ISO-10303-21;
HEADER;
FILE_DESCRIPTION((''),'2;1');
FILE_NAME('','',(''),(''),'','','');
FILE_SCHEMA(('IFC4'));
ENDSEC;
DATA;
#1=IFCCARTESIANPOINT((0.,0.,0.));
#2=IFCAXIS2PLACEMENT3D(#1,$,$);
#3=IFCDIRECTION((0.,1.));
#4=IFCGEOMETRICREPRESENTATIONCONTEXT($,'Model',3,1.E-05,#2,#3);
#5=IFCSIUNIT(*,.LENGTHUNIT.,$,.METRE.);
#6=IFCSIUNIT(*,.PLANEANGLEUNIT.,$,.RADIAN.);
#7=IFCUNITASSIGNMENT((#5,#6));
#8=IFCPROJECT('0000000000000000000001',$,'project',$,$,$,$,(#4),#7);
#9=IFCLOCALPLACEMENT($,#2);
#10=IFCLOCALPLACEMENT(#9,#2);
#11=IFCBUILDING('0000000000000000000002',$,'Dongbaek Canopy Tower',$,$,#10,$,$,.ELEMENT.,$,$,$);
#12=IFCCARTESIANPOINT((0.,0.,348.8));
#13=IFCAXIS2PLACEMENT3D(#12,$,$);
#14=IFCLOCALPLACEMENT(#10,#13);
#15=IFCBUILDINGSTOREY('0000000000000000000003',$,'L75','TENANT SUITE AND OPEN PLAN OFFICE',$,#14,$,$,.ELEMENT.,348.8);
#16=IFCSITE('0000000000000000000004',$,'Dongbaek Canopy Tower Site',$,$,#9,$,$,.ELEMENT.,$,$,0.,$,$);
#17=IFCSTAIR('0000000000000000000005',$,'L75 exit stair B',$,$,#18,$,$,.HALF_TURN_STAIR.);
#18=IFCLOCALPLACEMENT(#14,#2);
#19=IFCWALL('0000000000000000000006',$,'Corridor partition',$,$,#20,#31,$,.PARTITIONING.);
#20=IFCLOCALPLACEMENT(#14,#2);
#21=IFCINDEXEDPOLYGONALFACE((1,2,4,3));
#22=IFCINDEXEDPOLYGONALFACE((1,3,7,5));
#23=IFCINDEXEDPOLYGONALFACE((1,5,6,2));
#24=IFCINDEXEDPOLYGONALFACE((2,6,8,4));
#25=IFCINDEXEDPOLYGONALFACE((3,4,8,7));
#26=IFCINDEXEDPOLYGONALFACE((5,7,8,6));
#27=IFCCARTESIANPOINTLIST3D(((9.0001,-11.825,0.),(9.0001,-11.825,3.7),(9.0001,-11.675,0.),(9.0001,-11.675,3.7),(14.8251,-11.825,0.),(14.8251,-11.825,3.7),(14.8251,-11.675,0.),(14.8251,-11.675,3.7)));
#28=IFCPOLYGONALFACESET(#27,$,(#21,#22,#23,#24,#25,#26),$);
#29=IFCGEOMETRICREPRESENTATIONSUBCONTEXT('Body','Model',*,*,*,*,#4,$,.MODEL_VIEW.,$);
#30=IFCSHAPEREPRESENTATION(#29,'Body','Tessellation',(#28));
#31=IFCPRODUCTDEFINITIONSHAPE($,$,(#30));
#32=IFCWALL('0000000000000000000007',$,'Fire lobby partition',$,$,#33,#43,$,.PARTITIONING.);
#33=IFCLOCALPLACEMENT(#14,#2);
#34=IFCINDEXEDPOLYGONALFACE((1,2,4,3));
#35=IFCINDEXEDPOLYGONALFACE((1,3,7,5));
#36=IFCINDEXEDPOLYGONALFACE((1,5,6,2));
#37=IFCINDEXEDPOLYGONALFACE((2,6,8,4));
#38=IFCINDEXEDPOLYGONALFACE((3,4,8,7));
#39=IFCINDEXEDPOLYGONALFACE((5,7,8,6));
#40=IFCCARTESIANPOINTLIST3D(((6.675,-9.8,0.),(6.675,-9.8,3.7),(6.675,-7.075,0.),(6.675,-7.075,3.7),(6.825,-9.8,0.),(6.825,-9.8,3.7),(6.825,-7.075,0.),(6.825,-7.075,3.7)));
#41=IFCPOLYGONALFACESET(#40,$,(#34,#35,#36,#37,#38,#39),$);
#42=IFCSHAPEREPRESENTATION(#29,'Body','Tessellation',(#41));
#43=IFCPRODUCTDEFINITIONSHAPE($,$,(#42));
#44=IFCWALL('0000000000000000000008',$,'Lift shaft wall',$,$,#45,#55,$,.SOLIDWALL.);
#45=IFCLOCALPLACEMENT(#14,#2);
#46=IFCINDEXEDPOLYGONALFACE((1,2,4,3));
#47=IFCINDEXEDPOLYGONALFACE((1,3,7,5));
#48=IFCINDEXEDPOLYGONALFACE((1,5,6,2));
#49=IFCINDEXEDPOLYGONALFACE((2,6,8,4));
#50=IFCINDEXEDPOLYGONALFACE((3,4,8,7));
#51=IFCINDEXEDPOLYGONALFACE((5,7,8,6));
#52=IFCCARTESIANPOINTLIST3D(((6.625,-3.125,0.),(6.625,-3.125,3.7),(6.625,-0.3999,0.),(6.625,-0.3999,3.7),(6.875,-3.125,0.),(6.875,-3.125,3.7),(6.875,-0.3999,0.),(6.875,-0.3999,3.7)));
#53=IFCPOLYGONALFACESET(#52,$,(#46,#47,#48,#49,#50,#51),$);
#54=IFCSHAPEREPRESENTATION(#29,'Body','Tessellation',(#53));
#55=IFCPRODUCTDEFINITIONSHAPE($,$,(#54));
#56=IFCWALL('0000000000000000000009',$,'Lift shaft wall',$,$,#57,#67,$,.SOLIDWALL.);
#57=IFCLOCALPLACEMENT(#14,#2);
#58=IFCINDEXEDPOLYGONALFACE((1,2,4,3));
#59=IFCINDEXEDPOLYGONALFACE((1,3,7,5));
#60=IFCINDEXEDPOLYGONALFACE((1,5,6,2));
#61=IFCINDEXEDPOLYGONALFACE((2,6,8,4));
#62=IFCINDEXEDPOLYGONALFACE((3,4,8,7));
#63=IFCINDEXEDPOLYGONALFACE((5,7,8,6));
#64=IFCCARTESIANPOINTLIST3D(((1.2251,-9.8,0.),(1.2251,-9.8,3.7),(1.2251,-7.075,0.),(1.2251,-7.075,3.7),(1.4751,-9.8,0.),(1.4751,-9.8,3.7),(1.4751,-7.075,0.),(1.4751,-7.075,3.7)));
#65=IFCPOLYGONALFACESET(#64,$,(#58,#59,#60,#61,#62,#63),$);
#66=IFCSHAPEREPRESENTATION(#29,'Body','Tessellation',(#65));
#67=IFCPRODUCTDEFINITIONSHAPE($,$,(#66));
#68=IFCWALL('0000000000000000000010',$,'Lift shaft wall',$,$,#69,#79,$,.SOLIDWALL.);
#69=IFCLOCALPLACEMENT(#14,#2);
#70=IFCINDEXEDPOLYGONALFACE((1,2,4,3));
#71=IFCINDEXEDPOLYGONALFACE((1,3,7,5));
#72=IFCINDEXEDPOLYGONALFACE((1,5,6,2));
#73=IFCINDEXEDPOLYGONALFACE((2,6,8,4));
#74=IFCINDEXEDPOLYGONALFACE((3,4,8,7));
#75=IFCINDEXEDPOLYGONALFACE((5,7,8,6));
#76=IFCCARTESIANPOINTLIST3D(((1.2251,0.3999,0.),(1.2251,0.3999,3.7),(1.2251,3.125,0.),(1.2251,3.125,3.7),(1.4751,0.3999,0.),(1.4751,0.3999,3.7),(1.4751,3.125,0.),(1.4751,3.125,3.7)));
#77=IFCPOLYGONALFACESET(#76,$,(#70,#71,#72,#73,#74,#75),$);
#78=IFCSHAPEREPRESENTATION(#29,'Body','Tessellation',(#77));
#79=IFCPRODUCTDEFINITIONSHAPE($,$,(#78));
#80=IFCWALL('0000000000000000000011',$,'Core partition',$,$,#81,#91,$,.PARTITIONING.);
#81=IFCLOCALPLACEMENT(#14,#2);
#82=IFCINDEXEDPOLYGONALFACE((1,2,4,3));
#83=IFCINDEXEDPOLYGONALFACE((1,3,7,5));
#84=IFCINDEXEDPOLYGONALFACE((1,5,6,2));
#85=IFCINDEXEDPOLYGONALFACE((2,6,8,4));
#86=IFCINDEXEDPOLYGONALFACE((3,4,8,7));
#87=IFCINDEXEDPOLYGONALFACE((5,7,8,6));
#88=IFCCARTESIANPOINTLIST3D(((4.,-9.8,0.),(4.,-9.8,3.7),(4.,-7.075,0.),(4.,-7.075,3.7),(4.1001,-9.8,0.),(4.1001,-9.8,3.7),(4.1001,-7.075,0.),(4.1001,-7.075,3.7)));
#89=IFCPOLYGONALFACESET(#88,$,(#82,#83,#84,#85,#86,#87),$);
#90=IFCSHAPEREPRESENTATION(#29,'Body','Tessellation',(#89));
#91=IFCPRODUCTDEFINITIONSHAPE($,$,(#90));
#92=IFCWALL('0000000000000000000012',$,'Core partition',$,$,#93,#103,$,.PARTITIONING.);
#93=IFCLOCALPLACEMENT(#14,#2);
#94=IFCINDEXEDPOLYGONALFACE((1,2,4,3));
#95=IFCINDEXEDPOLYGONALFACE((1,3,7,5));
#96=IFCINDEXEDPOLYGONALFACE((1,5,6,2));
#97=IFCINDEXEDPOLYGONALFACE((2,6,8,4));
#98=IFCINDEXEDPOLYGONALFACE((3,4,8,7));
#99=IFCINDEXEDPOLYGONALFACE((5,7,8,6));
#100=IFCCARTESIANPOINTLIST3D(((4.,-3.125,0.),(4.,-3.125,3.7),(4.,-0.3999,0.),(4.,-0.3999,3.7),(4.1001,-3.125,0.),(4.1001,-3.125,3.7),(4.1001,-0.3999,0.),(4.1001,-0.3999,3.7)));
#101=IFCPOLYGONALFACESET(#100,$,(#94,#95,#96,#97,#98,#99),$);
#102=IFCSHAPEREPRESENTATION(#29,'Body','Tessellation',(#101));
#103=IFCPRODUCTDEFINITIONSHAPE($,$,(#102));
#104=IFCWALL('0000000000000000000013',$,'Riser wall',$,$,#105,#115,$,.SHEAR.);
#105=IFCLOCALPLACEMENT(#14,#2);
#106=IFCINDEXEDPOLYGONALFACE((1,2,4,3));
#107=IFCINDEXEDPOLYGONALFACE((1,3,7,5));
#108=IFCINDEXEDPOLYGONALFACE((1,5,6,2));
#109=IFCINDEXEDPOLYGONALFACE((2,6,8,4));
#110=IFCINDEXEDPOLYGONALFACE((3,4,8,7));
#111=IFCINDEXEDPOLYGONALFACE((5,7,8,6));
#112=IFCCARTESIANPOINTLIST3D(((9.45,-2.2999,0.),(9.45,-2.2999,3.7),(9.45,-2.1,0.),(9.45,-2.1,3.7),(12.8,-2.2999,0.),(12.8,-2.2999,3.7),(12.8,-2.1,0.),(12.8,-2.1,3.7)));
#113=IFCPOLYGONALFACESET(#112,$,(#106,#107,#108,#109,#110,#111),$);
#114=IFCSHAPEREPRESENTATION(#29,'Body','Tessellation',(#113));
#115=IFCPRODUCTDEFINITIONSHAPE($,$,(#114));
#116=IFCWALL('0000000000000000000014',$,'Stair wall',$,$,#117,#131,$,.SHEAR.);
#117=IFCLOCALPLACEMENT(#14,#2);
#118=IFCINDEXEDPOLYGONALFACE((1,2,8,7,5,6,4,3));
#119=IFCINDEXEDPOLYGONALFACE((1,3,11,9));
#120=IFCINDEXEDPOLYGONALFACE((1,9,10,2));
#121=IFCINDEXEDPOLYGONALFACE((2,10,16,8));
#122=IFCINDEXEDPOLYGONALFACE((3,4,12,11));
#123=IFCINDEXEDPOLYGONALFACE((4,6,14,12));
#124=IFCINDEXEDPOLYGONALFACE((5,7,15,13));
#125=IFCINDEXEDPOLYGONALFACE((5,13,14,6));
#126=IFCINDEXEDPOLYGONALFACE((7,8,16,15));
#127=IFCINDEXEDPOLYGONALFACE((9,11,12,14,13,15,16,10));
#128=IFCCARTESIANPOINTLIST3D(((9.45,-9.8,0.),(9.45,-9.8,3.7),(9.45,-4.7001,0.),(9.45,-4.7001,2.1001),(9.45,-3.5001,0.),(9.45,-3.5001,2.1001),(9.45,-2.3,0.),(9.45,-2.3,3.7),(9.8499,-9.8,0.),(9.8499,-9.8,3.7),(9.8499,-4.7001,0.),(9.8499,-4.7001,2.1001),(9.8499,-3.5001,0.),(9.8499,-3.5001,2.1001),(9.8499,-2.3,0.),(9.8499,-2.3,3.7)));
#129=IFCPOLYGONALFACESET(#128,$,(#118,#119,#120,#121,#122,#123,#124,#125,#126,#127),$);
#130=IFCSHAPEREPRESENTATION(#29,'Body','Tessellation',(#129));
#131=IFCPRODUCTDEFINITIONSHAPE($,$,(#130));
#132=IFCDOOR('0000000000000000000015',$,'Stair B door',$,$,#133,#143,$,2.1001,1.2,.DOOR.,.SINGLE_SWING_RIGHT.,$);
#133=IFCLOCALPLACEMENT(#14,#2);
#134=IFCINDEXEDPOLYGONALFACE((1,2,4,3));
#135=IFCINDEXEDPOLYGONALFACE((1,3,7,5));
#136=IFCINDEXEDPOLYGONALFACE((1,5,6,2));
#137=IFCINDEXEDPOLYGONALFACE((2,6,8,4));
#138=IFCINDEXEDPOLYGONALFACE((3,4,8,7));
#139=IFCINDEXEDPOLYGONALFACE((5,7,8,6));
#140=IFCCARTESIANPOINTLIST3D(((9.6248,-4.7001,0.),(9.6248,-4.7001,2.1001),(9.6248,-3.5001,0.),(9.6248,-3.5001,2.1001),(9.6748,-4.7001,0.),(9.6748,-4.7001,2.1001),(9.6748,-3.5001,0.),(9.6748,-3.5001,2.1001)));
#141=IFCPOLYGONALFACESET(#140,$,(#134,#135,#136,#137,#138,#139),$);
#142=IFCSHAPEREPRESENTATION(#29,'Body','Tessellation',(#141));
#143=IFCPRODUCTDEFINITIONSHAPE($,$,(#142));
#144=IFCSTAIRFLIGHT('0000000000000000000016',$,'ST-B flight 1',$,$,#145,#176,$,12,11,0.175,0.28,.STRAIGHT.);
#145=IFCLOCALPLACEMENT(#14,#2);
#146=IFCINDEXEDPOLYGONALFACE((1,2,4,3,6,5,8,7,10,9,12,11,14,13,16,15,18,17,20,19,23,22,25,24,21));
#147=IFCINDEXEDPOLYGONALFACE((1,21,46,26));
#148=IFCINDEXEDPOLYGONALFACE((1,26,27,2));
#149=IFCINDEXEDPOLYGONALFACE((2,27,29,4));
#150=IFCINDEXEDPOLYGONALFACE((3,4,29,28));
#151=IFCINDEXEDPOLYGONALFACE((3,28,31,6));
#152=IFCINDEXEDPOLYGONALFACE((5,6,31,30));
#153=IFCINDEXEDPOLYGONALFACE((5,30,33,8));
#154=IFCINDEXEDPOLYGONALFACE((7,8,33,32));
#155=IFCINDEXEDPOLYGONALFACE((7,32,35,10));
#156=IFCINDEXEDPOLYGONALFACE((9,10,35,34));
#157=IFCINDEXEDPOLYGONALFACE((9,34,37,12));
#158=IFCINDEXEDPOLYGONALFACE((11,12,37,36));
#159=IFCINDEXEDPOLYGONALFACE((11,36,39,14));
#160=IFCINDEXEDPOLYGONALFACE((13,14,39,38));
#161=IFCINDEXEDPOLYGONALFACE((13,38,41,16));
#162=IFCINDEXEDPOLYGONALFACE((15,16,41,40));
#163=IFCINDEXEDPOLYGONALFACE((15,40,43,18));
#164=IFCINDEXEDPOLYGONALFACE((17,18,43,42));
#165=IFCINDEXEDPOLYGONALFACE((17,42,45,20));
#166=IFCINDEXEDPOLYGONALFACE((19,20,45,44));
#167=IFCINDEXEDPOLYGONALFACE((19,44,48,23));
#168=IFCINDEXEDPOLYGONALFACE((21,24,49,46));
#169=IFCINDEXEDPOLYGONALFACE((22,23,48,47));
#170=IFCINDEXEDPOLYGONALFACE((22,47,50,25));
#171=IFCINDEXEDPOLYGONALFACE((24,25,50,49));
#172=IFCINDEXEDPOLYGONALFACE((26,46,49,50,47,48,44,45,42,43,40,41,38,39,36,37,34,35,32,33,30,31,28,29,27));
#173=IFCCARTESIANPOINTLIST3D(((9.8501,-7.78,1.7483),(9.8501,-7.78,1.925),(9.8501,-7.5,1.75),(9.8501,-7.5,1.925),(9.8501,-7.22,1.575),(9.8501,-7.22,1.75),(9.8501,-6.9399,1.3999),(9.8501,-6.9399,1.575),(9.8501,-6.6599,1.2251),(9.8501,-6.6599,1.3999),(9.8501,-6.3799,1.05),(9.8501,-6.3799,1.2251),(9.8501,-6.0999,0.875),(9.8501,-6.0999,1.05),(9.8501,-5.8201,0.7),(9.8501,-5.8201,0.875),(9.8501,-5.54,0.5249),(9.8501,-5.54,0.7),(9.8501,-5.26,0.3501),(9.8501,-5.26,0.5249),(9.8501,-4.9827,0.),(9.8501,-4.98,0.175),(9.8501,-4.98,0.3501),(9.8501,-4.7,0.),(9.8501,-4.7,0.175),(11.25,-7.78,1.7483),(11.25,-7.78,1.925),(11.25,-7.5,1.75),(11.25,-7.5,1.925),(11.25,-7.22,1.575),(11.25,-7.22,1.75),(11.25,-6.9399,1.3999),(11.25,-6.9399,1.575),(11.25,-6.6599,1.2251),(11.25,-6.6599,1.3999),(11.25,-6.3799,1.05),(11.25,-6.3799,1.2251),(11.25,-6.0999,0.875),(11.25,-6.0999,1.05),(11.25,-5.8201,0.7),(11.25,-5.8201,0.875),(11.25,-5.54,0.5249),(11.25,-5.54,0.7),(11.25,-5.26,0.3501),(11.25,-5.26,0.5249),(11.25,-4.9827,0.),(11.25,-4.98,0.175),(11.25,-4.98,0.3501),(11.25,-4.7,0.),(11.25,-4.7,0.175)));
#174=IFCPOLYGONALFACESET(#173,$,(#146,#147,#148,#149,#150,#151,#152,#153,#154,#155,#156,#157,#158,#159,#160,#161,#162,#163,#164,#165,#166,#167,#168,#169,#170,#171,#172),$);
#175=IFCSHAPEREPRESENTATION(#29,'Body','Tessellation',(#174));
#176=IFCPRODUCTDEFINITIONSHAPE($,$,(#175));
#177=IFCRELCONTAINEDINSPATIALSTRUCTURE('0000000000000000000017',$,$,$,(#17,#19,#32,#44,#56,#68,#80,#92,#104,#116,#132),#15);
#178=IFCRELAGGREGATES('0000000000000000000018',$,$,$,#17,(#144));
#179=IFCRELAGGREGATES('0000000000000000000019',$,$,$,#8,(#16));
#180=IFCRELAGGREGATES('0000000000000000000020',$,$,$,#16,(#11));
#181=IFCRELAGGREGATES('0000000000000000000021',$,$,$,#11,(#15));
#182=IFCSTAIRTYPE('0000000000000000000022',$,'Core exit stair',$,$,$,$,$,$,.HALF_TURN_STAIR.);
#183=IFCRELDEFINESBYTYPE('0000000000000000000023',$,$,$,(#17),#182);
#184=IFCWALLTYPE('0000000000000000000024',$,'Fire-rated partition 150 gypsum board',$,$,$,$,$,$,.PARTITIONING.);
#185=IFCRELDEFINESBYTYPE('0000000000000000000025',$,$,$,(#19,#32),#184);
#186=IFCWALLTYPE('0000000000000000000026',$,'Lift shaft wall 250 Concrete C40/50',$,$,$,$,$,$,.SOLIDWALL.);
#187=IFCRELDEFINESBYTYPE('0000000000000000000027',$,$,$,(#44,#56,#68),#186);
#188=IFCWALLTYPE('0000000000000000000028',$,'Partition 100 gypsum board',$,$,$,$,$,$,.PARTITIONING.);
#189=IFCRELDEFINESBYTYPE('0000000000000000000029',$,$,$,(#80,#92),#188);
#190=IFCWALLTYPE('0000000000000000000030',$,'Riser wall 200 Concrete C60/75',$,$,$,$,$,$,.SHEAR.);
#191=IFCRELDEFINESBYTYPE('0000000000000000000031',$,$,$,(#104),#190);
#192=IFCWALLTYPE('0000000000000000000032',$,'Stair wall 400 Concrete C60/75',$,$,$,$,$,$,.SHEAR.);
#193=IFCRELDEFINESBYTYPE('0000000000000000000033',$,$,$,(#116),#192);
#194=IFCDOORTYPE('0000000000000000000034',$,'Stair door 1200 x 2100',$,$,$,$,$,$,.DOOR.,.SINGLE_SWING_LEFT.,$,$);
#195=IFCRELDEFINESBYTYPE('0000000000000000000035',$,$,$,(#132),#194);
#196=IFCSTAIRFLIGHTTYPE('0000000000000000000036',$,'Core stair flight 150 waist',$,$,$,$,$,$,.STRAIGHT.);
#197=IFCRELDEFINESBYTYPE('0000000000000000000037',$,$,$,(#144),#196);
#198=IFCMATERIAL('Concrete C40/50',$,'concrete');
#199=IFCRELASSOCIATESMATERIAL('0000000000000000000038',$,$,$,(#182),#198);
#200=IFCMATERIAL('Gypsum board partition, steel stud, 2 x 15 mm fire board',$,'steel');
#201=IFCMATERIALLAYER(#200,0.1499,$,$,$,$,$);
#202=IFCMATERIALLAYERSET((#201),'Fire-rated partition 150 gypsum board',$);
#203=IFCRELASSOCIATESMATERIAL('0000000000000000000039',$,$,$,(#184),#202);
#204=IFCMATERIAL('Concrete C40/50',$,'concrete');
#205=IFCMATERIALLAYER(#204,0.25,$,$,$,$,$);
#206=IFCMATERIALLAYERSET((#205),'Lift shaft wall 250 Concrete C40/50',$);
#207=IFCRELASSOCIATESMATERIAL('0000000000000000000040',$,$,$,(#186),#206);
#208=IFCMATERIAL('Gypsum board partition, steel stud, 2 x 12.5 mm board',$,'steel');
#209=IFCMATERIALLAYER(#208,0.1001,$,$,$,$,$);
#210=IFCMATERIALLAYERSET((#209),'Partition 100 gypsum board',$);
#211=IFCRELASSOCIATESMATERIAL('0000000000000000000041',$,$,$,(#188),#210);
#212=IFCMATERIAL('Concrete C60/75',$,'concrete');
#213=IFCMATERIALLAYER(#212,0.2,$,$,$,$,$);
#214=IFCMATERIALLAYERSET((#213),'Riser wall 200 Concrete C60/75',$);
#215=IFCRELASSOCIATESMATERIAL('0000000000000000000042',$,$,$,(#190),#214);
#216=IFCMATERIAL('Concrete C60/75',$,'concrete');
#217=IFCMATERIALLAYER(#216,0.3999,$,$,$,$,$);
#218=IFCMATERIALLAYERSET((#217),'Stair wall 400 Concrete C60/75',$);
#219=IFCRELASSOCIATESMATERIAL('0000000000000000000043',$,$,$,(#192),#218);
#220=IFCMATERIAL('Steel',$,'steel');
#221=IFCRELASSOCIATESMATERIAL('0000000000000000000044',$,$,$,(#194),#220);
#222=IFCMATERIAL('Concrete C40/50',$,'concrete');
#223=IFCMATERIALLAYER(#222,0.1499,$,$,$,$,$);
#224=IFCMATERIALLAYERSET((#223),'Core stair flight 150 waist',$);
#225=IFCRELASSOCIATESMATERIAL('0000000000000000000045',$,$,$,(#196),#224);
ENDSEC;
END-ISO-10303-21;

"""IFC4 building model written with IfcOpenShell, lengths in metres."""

from ifc_helpers import new_model, si_unit, direction, frame, frame_2d, origin, place, context, subcontext, project, spatial, polyline, rectangle, outline, extrude, material, layer, layer_set, type_object, element, fill, aggregate, save


model = new_model("IFC4")

# Units and contexts
model_context = context("Model", 3, precision=1e-05, world=origin(), true_north=direction((0.0, 1.0)))
body_context = subcontext(model_context, "Body", "Model", "MODEL_VIEW")
ifc_project = project(units=[si_unit("LENGTHUNIT", "METRE"), si_unit("PLANEANGLEUNIT", "RADIAN")], contexts=[model_context])

# Site, building, storey
site_placement = place(None, origin())
site = spatial("IfcSite", under=ifc_project, at=site_placement, Name="Dongbaek Canopy Tower Site", CompositionType="ELEMENT", RefElevation=0.0)
building_placement = place(site_placement, origin())
building = spatial("IfcBuilding", under=site, at=building_placement, Name="Dongbaek Canopy Tower", CompositionType="ELEMENT")
storey_placement = place(building_placement, frame((0.0, 0.0, 348.8)))
storey = spatial("IfcBuildingStorey", under=building, at=storey_placement, Name="L75", Description="TENANT SUITE AND OPEN PLAN OFFICE", CompositionType="ELEMENT", Elevation=348.8)

# Stair
ifc_material_1 = material(Name="Concrete C40/50", Category="concrete")
stair_type = type_object("IfcStairType", Name="Core exit stair", PredefinedType="HALF_TURN_STAIR", material=ifc_material_1)
stair_1_placement = place(storey_placement, origin())
stair_1 = element("IfcStair", 1, at=stair_1_placement, inside=storey, type_object=stair_type, Name="L75 exit stair B", PredefinedType="HALF_TURN_STAIR")

# Walls
ifc_material_2 = material(Name="Gypsum board partition, steel stud, 2 x 15 mm fire board", Category="steel")
ifc_layer_1 = layer(ifc_material_2, 0.1499)
ifc_layer_set_1 = layer_set([ifc_layer_1], Name="Fire-rated partition 150 gypsum board")
wall_type_1 = type_object("IfcWallType", Name="Fire-rated partition 150 gypsum board", PredefinedType="PARTITIONING", material=ifc_layer_set_1)
wall_1_placement = place(storey_placement, frame((9.0, -11.75, 0.0), z_axis=(0.0, 0.0, 1.0), x_axis=(1.0, 0.0, 0.0)))
element("IfcWall", 2, at=wall_1_placement, inside=storey, type_object=wall_type_1, Name="Corridor partition", PredefinedType="PARTITIONING", context=body_context, shape_type="SweptSolid", body=[
    extrude(rectangle(XDim=5.825, YDim=0.1499, at=frame_2d((2.9126, 0.0))), origin(), (0.0, 0.0, 1.0), 3.7),
])
wall_2_placement = place(storey_placement, frame((6.75, -9.8, 0.0), z_axis=(0.0, 0.0, 1.0), x_axis=(0.0, 1.0, 0.0)))
element("IfcWall", 3, at=wall_2_placement, inside=storey, type_object=wall_type_1, Name="Fire lobby partition", PredefinedType="PARTITIONING", context=body_context, shape_type="SweptSolid", body=[
    extrude(rectangle(XDim=2.7251, YDim=0.1499, at=frame_2d((1.3625, 0.0))), origin(), (0.0, 0.0, 1.0), 3.7),
])
ifc_material_3 = material(Name="Concrete C40/50", Category="concrete")
ifc_layer_2 = layer(ifc_material_3, 0.25)
ifc_layer_set_2 = layer_set([ifc_layer_2], Name="Lift shaft wall 250 Concrete C40/50")
wall_type_2 = type_object("IfcWallType", Name="Lift shaft wall 250 Concrete C40/50", PredefinedType="SOLIDWALL", material=ifc_layer_set_2)
for number, where, z_axis, x_axis, name in (
    (4, (6.75, -3.125, 0.0), (0.0, 0.0, 1.0), (0.0, 1.0, 0.0), "Lift shaft wall"),
    (5, (1.3501, -9.8, 0.0), (0.0, 0.0, 1.0), (0.0, 1.0, 0.0), "Lift shaft wall"),
    (6, (1.3501, 0.3999, 0.0), (0.0, 0.0, 1.0), (0.0, 1.0, 0.0), "Lift shaft wall"),
):
    element("IfcWall", number, at=place(storey_placement, frame(where, z_axis=z_axis, x_axis=x_axis)), inside=storey, type_object=wall_type_2, Name=name, PredefinedType="SOLIDWALL", context=body_context, shape_type="SweptSolid", body=[
        extrude(rectangle(XDim=2.7251, YDim=0.25, at=frame_2d((1.3625, 0.0))), origin(), (0.0, 0.0, 1.0), 3.7),
    ])
ifc_material_4 = material(Name="Gypsum board partition, steel stud, 2 x 12.5 mm board", Category="steel")
ifc_layer_3 = layer(ifc_material_4, 0.1001)
ifc_layer_set_3 = layer_set([ifc_layer_3], Name="Partition 100 gypsum board")
wall_type_3 = type_object("IfcWallType", Name="Partition 100 gypsum board", PredefinedType="PARTITIONING", material=ifc_layer_set_3)
for number, where, z_axis, x_axis, name in (
    (7, (4.05, -9.8, 0.0), (0.0, 0.0, 1.0), (0.0, 1.0, 0.0), "Core partition"),
    (8, (4.05, -3.125, 0.0), (0.0, 0.0, 1.0), (0.0, 1.0, 0.0), "Core partition"),
):
    element("IfcWall", number, at=place(storey_placement, frame(where, z_axis=z_axis, x_axis=x_axis)), inside=storey, type_object=wall_type_3, Name=name, PredefinedType="PARTITIONING", context=body_context, shape_type="SweptSolid", body=[
        extrude(rectangle(XDim=2.7251, YDim=0.1001, at=frame_2d((1.3625, 0.0))), origin(), (0.0, 0.0, 1.0), 3.7),
    ])
ifc_material_5 = material(Name="Concrete C60/75", Category="concrete")
ifc_layer_4 = layer(ifc_material_5, 0.2)
ifc_layer_set_4 = layer_set([ifc_layer_4], Name="Riser wall 200 Concrete C60/75")
wall_type_4 = type_object("IfcWallType", Name="Riser wall 200 Concrete C60/75", PredefinedType="SHEAR", material=ifc_layer_set_4)
wall_3_placement = place(storey_placement, frame((9.45, -2.2, 0.0), z_axis=(0.0, 0.0, 1.0), x_axis=(1.0, 0.0, 0.0)))
element("IfcWall", 9, at=wall_3_placement, inside=storey, type_object=wall_type_4, Name="Riser wall", PredefinedType="SHEAR", context=body_context, shape_type="SweptSolid", body=[
    extrude(rectangle(XDim=3.3501, YDim=0.2, at=frame_2d((1.675, 0.0))), origin(), (0.0, 0.0, 1.0), 3.7),
])

# Wall, opening, door
ifc_material_6 = material(Name="Concrete C60/75", Category="concrete")
ifc_layer_5 = layer(ifc_material_6, 0.3999)
ifc_layer_set_5 = layer_set([ifc_layer_5], Name="Stair wall 400 Concrete C60/75")
wall_type_5 = type_object("IfcWallType", Name="Stair wall 400 Concrete C60/75", PredefinedType="SHEAR", material=ifc_layer_set_5)
wall_4_placement = place(storey_placement, frame((9.6499, -2.3, 0.0), z_axis=(0.0, 0.0, 1.0), x_axis=(0.0, -1.0, 0.0)))
wall_4 = element("IfcWall", 10, at=wall_4_placement, inside=storey, type_object=wall_type_5, Name="Stair wall", PredefinedType="SHEAR", context=body_context, shape_type="SweptSolid", body=[
    extrude(rectangle(XDim=7.5, YDim=0.3999, at=frame_2d((3.75, 0.0))), origin(), (0.0, 0.0, 1.0), 3.7),
])
opening_1_placement = place(wall_4_placement, frame((1.2, 0.0, 0.0)))
opening_1 = element("IfcOpeningElement", 11, at=opening_1_placement, cuts=wall_4, PredefinedType="OPENING", context=body_context, shape_type="SweptSolid", body=[
    extrude(rectangle(XDim=1.2, YDim=2.1001, at=frame_2d((0.6001, 1.05))), frame((0.0, 0.21, 0.0), z_axis=(0.0, -1.0, 0.0), x_axis=(1.0, 0.0, 0.0)), (0.0, 0.0, 1.0), 0.4199),
])
ifc_material_7 = material(Name="Steel", Category="steel")
door_type_1 = type_object("IfcDoorType", Name="Stair door 1200 x 2100", OperationType="SINGLE_SWING_LEFT", PredefinedType="DOOR", material=ifc_material_7)
door_1_placement = place(opening_1_placement, origin())
door_1 = element("IfcDoor", 12, at=door_1_placement, inside=storey, type_object=door_type_1, Name="Stair B door", OperationType="SINGLE_SWING_RIGHT", OverallHeight=2.1001, OverallWidth=1.2, PredefinedType="DOOR", context=body_context, shape_type="SweptSolid", body=[
    extrude(rectangle(XDim=1.2, YDim=2.1001, at=frame_2d((0.6001, 1.05))), frame((0.0, 0.0249, 0.0), z_axis=(0.0, -1.0, 0.0), x_axis=(1.0, 0.0, 0.0)), (0.0, 0.0, 1.0), 0.05),
])
fill(opening_1, door_1)

# Stair flight
ifc_material_8 = material(Name="Concrete C40/50", Category="concrete")
ifc_layer_6 = layer(ifc_material_8, 0.1499)
ifc_layer_set_6 = layer_set([ifc_layer_6], Name="Core stair flight 150 waist")
stair_flight_type = type_object("IfcStairFlightType", Name="Core stair flight 150 waist", PredefinedType="STRAIGHT", material=ifc_layer_set_6)
stair_flight_placement = place(storey_placement, frame((10.55, -4.7, 0.0), z_axis=(0.0, 0.0, 1.0), x_axis=(0.0, -1.0, 0.0)))
stair_flight = element("IfcStairFlight", 13, at=stair_flight_placement, type_object=stair_flight_type, Name="ST-B flight 1", NumberOfRisers=12, NumberOfTreads=11, PredefinedType="STRAIGHT", RiserHeight=0.175, TreadLength=0.28, context=body_context, shape_type="SweptSolid", body=[
    extrude(outline(polyline([(0.0, 0.0), (0.0, 0.175), (0.28, 0.175), (0.28, 0.3501), (0.5601, 0.3501), (0.5601, 0.5249), (0.8401, 0.5249), (0.8401, 0.7), (1.1201, 0.7), (1.1201, 0.875), (1.3999, 0.875), (1.3999, 1.05), (1.6799, 1.05), (1.6799, 1.2251), (1.96, 1.2251), (1.96, 1.3999), (2.24, 1.3999), (2.24, 1.575), (2.52, 1.575), (2.52, 1.75), (2.8, 1.75), (2.8, 1.925), (3.0801, 1.925), (3.0801, 2.1001), (3.0801, 1.7483), (0.2827, 0.0), (0.0, 0.0)])), frame((0.0, 0.7, 0.0), z_axis=(0.0, -1.0, 0.0), x_axis=(1.0, 0.0, 0.0)), (0.0, 0.0, 1.0), 1.3999),
])
aggregate(stair_1, [stair_flight])

save(model, "model.ifc")
